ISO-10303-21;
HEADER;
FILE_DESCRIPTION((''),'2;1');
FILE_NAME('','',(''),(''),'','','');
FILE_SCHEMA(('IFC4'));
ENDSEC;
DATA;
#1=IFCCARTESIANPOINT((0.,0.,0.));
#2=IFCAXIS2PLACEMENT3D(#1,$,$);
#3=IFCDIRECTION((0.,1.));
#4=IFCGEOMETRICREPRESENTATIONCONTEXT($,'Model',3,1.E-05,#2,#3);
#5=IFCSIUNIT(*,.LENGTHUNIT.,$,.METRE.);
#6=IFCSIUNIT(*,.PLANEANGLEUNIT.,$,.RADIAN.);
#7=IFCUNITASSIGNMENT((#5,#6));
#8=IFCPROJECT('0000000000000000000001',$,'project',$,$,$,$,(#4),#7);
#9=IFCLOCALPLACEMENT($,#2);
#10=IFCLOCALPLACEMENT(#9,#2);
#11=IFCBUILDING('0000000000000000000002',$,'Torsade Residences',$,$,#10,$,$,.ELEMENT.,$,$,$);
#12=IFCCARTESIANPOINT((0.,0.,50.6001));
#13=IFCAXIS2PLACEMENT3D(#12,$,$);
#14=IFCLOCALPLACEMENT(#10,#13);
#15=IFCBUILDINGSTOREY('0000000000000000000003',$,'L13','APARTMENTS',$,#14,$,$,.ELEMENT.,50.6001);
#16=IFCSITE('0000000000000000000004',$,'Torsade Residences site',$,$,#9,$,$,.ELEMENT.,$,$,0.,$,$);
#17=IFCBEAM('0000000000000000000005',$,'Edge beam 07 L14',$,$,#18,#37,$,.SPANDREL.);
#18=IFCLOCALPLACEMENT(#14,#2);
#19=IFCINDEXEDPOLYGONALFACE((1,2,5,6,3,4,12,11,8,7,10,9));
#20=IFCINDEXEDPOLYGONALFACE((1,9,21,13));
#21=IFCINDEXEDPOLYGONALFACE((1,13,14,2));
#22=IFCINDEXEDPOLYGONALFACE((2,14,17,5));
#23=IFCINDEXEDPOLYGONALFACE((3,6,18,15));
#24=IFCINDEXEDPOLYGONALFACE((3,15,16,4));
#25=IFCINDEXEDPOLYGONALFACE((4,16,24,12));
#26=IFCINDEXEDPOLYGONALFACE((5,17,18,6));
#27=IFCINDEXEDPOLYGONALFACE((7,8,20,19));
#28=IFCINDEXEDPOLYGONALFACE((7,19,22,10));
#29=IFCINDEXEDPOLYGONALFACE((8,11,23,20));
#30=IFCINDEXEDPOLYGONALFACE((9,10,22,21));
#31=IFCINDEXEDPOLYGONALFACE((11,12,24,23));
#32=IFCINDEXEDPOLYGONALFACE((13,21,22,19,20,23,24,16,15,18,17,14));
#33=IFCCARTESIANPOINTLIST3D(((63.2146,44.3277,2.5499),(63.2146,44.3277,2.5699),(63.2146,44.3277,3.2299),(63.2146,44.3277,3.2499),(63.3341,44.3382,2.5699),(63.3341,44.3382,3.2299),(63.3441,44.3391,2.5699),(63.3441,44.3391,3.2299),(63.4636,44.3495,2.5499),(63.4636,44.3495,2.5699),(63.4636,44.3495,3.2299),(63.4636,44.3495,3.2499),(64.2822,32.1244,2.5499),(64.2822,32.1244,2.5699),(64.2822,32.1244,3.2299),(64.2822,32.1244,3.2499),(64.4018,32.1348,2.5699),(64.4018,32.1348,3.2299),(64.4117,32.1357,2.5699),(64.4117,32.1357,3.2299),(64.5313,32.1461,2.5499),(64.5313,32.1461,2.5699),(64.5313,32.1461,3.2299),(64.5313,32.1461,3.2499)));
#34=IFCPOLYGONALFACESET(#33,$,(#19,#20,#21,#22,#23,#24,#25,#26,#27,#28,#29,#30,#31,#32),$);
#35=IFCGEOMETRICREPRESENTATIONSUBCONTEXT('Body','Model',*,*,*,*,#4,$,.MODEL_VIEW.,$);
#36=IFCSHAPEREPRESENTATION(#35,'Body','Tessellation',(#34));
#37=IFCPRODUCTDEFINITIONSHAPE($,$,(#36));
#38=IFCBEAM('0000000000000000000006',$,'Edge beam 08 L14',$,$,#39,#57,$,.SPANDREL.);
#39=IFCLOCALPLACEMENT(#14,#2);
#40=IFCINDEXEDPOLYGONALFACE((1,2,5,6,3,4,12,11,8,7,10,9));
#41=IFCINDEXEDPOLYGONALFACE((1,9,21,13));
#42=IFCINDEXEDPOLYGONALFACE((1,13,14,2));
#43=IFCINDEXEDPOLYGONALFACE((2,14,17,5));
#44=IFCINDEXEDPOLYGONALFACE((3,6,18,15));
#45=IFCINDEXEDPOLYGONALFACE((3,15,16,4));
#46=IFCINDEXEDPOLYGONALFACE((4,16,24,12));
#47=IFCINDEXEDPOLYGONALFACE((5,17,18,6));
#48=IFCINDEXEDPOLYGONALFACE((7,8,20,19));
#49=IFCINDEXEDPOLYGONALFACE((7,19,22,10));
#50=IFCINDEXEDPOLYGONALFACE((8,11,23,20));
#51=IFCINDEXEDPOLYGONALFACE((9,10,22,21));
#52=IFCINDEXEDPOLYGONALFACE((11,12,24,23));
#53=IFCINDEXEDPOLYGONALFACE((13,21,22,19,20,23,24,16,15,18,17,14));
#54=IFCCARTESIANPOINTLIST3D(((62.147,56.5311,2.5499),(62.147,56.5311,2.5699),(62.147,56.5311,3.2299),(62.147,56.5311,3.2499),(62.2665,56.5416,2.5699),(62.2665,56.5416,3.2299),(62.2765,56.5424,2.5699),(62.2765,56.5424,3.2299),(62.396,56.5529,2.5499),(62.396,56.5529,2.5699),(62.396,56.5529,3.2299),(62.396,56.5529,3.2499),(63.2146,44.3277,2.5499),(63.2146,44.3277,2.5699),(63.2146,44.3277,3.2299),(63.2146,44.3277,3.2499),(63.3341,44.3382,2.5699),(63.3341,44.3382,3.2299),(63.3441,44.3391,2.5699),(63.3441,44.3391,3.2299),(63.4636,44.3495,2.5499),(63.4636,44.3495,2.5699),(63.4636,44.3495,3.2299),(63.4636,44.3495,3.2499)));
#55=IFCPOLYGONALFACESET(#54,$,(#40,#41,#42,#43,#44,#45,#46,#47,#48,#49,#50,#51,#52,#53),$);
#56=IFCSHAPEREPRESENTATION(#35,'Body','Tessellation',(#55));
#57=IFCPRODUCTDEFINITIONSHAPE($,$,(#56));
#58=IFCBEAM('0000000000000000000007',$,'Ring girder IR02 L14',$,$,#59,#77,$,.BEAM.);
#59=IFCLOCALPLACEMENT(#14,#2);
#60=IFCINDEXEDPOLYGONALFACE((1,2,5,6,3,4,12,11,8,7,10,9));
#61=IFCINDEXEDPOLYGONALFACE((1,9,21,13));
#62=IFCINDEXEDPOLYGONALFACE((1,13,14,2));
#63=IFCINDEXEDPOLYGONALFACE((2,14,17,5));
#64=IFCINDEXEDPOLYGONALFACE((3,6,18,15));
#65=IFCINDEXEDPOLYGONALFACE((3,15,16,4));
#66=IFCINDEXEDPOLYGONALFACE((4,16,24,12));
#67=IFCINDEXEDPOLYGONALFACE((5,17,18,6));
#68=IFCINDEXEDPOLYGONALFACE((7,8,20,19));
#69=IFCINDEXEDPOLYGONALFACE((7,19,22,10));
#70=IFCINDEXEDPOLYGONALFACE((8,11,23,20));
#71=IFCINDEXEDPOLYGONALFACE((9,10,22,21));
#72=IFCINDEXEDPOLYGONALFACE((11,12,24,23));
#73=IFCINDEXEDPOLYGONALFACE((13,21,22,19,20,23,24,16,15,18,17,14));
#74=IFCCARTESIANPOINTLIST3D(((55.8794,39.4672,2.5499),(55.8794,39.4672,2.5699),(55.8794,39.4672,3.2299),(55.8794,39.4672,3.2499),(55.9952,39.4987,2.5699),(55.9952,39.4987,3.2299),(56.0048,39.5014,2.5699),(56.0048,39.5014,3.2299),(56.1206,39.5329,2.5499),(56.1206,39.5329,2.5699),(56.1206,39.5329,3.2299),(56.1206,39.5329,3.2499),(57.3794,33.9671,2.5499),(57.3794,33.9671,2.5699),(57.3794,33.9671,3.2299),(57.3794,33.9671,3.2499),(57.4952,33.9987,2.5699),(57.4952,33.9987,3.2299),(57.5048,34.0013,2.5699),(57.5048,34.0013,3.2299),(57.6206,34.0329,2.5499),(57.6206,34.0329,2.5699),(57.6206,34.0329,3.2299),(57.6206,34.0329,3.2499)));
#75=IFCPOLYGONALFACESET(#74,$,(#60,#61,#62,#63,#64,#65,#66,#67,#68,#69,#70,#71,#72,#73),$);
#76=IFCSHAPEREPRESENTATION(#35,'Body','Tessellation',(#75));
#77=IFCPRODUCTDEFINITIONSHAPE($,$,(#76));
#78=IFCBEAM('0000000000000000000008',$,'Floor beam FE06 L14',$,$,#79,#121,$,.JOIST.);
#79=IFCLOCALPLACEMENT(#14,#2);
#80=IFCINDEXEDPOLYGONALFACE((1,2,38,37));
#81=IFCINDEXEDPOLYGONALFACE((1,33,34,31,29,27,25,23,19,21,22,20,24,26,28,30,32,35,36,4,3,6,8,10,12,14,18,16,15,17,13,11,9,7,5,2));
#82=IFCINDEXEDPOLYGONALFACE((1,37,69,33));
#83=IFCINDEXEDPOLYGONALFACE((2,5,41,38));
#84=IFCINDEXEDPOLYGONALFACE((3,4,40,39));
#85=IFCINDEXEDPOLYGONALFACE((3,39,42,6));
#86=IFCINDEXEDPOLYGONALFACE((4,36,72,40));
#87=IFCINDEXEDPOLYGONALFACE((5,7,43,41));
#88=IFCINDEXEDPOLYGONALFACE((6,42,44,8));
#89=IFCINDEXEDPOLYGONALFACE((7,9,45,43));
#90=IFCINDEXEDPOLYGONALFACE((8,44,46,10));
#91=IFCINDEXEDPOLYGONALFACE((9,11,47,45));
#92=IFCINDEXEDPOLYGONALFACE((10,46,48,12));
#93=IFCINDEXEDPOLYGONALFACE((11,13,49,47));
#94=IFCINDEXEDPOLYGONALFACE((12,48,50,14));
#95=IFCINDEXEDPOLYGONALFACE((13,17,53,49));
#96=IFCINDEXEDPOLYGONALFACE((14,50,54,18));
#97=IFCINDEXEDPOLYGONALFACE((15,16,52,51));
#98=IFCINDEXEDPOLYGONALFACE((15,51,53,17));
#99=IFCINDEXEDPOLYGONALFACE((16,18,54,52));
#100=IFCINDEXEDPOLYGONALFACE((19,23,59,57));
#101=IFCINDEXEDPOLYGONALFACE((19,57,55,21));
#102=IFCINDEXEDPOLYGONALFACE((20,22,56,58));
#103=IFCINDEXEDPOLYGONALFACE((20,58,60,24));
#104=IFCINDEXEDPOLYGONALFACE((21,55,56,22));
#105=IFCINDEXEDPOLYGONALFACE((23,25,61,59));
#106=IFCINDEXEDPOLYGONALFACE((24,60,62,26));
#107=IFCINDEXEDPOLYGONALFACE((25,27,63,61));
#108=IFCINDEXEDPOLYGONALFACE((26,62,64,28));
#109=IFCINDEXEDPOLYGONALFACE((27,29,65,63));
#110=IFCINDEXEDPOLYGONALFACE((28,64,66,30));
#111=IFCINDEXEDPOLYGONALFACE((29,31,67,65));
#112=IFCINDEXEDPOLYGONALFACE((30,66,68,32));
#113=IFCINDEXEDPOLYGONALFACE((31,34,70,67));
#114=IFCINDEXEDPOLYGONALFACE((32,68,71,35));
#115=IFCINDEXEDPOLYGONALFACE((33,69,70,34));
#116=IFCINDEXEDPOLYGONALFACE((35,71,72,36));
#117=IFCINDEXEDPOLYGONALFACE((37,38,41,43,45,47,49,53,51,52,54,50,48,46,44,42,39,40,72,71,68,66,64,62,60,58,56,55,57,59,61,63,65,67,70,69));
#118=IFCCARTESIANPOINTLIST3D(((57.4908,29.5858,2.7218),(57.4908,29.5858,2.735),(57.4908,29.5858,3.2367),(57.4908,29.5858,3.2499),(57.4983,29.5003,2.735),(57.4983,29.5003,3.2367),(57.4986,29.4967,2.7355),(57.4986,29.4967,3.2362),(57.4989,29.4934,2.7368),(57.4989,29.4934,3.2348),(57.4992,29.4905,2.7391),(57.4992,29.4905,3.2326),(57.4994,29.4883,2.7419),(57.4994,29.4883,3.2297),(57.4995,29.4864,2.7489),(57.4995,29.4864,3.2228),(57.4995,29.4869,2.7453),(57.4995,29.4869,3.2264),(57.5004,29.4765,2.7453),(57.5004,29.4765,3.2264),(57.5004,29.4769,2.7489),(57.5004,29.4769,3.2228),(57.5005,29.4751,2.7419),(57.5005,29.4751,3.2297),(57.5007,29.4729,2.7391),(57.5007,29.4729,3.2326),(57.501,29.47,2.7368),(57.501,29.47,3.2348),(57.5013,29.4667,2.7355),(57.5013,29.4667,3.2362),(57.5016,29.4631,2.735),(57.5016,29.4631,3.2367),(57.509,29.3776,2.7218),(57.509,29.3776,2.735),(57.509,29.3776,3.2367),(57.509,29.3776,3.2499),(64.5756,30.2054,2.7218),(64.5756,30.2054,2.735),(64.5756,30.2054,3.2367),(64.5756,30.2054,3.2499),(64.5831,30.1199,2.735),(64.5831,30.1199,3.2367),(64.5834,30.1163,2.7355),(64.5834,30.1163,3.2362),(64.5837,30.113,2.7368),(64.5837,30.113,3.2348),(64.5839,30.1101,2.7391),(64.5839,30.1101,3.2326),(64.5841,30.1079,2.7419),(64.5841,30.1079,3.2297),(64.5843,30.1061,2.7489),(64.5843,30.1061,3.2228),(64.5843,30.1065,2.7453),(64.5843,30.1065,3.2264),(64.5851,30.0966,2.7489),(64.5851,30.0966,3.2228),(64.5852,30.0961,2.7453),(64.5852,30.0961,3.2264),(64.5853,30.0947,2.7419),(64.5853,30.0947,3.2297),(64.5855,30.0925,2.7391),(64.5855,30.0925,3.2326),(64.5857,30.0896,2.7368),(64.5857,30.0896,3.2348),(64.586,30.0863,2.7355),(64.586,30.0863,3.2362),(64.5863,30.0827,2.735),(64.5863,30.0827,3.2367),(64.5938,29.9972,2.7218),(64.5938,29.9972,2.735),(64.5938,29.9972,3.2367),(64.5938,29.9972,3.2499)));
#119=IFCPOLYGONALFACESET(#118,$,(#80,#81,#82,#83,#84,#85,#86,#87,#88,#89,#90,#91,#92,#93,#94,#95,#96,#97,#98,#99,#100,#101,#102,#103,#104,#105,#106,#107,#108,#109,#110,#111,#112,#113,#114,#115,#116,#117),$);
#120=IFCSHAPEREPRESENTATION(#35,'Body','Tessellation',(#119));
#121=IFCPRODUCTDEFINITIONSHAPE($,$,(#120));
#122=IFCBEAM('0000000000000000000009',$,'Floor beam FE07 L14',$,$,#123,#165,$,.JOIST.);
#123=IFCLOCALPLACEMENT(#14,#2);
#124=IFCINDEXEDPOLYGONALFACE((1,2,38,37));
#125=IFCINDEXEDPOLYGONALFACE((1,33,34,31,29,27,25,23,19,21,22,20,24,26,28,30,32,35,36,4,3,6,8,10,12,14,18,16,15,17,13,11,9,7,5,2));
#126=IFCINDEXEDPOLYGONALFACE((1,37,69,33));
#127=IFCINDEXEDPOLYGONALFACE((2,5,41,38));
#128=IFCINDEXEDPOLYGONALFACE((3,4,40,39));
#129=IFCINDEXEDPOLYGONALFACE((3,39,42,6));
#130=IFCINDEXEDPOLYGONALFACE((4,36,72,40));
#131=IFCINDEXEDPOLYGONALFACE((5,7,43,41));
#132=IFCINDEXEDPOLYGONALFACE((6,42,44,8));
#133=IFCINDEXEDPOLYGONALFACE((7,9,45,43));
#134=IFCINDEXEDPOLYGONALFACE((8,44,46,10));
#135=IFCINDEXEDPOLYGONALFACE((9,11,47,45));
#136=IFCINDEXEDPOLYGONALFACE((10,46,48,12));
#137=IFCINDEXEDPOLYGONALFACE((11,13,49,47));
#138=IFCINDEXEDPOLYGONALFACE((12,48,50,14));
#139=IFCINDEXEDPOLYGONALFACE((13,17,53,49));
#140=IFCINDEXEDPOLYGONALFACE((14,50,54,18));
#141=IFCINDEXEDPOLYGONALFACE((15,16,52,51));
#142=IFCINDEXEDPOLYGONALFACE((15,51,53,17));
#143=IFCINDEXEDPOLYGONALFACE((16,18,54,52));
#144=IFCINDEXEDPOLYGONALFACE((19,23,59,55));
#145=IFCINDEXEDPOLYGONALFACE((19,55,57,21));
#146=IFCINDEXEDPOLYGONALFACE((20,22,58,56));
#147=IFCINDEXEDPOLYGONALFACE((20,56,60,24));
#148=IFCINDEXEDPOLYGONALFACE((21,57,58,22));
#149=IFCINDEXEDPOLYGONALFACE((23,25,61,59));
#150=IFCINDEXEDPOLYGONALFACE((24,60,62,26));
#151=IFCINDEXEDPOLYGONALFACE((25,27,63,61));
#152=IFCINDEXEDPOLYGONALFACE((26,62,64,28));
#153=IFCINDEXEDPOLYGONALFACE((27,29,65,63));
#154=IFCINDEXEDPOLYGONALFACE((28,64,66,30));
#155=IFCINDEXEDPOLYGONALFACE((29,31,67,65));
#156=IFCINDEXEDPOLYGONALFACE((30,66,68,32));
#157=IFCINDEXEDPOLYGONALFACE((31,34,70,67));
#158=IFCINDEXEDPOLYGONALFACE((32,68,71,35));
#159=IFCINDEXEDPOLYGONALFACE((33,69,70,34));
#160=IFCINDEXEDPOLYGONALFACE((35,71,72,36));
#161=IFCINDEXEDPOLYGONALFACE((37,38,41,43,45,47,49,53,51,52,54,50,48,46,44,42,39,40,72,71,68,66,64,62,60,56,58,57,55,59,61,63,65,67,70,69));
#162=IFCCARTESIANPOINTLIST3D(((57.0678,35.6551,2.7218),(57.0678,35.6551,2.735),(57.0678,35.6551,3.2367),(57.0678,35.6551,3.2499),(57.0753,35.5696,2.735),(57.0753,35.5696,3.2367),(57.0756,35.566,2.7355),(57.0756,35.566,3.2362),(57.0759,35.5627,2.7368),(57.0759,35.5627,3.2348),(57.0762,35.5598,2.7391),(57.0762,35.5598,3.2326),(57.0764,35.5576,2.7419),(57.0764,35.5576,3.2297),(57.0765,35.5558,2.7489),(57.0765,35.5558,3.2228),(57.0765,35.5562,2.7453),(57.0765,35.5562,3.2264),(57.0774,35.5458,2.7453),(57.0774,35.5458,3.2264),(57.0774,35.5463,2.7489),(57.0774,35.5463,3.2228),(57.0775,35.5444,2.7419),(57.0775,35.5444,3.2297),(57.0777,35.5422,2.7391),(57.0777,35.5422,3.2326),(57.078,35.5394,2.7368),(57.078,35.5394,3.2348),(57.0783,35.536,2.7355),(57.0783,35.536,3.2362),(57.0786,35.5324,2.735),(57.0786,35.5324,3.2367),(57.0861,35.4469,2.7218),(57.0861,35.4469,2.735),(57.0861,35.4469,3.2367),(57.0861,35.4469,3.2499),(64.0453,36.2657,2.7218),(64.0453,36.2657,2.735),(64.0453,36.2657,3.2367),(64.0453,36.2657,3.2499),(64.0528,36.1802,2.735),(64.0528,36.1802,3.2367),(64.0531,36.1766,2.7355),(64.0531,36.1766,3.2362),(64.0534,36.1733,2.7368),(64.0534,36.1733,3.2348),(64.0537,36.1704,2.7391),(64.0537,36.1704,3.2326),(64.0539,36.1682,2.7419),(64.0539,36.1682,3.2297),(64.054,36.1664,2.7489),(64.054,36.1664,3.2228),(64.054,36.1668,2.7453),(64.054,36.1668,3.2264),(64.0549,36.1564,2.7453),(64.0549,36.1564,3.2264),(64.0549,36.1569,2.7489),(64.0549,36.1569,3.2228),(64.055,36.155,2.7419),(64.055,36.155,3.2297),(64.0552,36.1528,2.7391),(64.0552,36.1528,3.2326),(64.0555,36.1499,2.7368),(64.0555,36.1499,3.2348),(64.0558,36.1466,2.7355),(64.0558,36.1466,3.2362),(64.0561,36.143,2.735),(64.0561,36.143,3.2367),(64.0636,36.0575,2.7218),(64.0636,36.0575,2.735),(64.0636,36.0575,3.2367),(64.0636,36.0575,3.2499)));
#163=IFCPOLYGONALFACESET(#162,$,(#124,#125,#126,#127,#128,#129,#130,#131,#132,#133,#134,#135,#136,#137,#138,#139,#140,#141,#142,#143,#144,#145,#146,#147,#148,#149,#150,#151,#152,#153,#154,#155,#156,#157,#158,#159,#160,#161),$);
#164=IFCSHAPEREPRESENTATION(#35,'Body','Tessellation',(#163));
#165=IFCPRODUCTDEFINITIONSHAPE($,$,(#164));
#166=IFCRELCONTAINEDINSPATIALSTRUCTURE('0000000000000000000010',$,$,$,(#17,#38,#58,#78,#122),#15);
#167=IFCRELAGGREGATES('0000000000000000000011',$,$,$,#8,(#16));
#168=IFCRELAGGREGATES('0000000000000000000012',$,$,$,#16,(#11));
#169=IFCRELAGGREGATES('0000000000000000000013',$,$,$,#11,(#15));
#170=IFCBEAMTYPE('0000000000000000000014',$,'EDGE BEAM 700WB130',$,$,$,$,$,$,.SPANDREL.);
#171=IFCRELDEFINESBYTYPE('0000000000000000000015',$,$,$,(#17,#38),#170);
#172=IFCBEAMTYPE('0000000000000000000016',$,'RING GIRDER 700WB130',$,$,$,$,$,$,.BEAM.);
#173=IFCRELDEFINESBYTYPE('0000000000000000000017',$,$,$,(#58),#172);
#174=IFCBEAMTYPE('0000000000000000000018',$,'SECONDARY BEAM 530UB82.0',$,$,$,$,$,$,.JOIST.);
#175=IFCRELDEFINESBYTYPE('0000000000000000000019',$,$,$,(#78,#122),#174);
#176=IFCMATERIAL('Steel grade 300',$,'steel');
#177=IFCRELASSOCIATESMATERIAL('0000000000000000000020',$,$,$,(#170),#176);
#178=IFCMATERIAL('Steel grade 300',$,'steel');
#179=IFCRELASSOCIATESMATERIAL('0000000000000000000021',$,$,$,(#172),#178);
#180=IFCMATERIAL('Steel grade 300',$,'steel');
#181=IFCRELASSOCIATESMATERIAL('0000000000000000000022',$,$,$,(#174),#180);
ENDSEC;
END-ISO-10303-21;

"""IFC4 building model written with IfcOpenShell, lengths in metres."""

from ifc_helpers import new_model, si_unit, direction, frame, origin, origin_2d, place, context, subcontext, project, spatial, i_section, extrude, material, material_profile, profile_set, type_object, element, save


model = new_model("IFC4")

# Units and contexts
model_context = context("Model", 3, precision=1e-05, world=origin(), true_north=direction((0.0, 1.0)))
body_context = subcontext(model_context, "Body", "Model", "MODEL_VIEW")
ifc_project = project(units=[si_unit("LENGTHUNIT", "METRE"), si_unit("PLANEANGLEUNIT", "RADIAN")], contexts=[model_context])

# Site, building, storey
site_placement = place(None, origin())
site = spatial("IfcSite", under=ifc_project, at=site_placement, Name="Torsade Residences site", CompositionType="ELEMENT", RefElevation=0.0)
building_placement = place(site_placement, origin())
building = spatial("IfcBuilding", under=site, at=building_placement, Name="Torsade Residences", CompositionType="ELEMENT")
storey_placement = place(building_placement, frame((0.0, 0.0, 50.6001)))
storey = spatial("IfcBuildingStorey", under=building, at=storey_placement, Name="L13", Description="APARTMENTS", CompositionType="ELEMENT", Elevation=50.6001)

# Beams
ifc_material_1 = material(Name="Steel grade 300", Category="steel")
ifc_material_profile_1 = material_profile(ifc_material_1, i_section(OverallWidth=0.25, OverallDepth=0.7, WebThickness=0.01, FlangeThickness=0.02, at=origin_2d()), Name="700WB130")
ifc_profile_set_1 = profile_set([ifc_material_profile_1], Name="Steel grade 300")
beam_type_1 = type_object("IfcBeamType", Name="EDGE BEAM 700WB130", PredefinedType="SPANDREL", material=ifc_profile_set_1)
for number, where, z_axis, x_axis, name in (
    (1, (64.4067, 32.1353, 2.8999), (-0.087153, 0.996195, 0.0), (-0.996195, -0.087153, 0.0), "Edge beam 07 L14"),
    (2, (63.3391, 44.3386, 2.8999), (-0.087153, 0.996195, 0.0), (-0.996195, -0.087153, 0.0), "Edge beam 08 L14"),
):
    element("IfcBeam", number, at=place(storey_placement, frame(where, z_axis=z_axis, x_axis=x_axis)), inside=storey, type_object=beam_type_1, Name=name, PredefinedType="SPANDREL", context=body_context, shape_type="SweptSolid", body=[
        extrude(i_section(OverallWidth=0.25, OverallDepth=0.7, WebThickness=0.01, FlangeThickness=0.02, at=origin_2d()), origin(), (0.0, 0.0, 1.0), 12.25),
    ])
ifc_material_2 = material(Name="Steel grade 300", Category="steel")
ifc_material_profile_2 = material_profile(ifc_material_2, i_section(OverallWidth=0.25, OverallDepth=0.7, WebThickness=0.01, FlangeThickness=0.02, at=origin_2d()), Name="700WB130")
ifc_profile_set_2 = profile_set([ifc_material_profile_2], Name="Steel grade 300")
beam_type_2 = type_object("IfcBeamType", Name="RING GIRDER 700WB130", PredefinedType="BEAM", material=ifc_profile_set_2)
beam_1_placement = place(storey_placement, frame((57.5, 34.0, 2.8999), z_axis=(-0.263117, 0.964764, 0.0), x_axis=(-0.964764, -0.263117, 0.0)))
element("IfcBeam", 3, at=beam_1_placement, inside=storey, type_object=beam_type_2, Name="Ring girder IR02 L14", PredefinedType="BEAM", context=body_context, shape_type="SweptSolid", body=[
    extrude(i_section(OverallWidth=0.25, OverallDepth=0.7, WebThickness=0.01, FlangeThickness=0.02, at=origin_2d()), origin(), (0.0, 0.0, 1.0), 5.7009),
])
ifc_material_3 = material(Name="Steel grade 300", Category="steel")
ifc_material_profile_3 = material_profile(ifc_material_3, i_section(OverallWidth=0.209, OverallDepth=0.5281, WebThickness=0.0095, FlangeThickness=0.0132, FilletRadius=0.0139, at=origin_2d()), Name="530UB82.0")
ifc_profile_set_3 = profile_set([ifc_material_profile_3], Name="Steel grade 300")
beam_type_3 = type_object("IfcBeamType", Name="SECONDARY BEAM 530UB82.0", PredefinedType="JOIST", material=ifc_profile_set_3)
beam_2_placement = place(storey_placement, frame((64.5847, 30.1013, 2.9858), z_axis=(-0.996197, -0.087127, 0.0), x_axis=(0.087127, -0.996197, 0.0)))
element("IfcBeam", 4, at=beam_2_placement, inside=storey, type_object=beam_type_3, Name="Floor beam FE06 L14", PredefinedType="JOIST", context=body_context, shape_type="SweptSolid", body=[
    extrude(i_section(OverallWidth=0.209, OverallDepth=0.5281, WebThickness=0.0095, FlangeThickness=0.0132, FilletRadius=0.0139, at=origin_2d()), origin(), (0.0, 0.0, 1.0), 7.1118),
])
beam_3_placement = place(storey_placement, frame((64.0544, 36.1616, 2.9858), z_axis=(-0.996193, -0.087176, 0.0), x_axis=(0.087176, -0.996193, 0.0)))
element("IfcBeam", 5, at=beam_3_placement, inside=storey, type_object=beam_type_3, Name="Floor beam FE07 L14", PredefinedType="JOIST", context=body_context, shape_type="SweptSolid", body=[
    extrude(i_section(OverallWidth=0.209, OverallDepth=0.5281, WebThickness=0.0095, FlangeThickness=0.0132, FilletRadius=0.0139, at=origin_2d()), origin(), (0.0, 0.0, 1.0), 7.0042),
])

save(model, "model.ifc")
